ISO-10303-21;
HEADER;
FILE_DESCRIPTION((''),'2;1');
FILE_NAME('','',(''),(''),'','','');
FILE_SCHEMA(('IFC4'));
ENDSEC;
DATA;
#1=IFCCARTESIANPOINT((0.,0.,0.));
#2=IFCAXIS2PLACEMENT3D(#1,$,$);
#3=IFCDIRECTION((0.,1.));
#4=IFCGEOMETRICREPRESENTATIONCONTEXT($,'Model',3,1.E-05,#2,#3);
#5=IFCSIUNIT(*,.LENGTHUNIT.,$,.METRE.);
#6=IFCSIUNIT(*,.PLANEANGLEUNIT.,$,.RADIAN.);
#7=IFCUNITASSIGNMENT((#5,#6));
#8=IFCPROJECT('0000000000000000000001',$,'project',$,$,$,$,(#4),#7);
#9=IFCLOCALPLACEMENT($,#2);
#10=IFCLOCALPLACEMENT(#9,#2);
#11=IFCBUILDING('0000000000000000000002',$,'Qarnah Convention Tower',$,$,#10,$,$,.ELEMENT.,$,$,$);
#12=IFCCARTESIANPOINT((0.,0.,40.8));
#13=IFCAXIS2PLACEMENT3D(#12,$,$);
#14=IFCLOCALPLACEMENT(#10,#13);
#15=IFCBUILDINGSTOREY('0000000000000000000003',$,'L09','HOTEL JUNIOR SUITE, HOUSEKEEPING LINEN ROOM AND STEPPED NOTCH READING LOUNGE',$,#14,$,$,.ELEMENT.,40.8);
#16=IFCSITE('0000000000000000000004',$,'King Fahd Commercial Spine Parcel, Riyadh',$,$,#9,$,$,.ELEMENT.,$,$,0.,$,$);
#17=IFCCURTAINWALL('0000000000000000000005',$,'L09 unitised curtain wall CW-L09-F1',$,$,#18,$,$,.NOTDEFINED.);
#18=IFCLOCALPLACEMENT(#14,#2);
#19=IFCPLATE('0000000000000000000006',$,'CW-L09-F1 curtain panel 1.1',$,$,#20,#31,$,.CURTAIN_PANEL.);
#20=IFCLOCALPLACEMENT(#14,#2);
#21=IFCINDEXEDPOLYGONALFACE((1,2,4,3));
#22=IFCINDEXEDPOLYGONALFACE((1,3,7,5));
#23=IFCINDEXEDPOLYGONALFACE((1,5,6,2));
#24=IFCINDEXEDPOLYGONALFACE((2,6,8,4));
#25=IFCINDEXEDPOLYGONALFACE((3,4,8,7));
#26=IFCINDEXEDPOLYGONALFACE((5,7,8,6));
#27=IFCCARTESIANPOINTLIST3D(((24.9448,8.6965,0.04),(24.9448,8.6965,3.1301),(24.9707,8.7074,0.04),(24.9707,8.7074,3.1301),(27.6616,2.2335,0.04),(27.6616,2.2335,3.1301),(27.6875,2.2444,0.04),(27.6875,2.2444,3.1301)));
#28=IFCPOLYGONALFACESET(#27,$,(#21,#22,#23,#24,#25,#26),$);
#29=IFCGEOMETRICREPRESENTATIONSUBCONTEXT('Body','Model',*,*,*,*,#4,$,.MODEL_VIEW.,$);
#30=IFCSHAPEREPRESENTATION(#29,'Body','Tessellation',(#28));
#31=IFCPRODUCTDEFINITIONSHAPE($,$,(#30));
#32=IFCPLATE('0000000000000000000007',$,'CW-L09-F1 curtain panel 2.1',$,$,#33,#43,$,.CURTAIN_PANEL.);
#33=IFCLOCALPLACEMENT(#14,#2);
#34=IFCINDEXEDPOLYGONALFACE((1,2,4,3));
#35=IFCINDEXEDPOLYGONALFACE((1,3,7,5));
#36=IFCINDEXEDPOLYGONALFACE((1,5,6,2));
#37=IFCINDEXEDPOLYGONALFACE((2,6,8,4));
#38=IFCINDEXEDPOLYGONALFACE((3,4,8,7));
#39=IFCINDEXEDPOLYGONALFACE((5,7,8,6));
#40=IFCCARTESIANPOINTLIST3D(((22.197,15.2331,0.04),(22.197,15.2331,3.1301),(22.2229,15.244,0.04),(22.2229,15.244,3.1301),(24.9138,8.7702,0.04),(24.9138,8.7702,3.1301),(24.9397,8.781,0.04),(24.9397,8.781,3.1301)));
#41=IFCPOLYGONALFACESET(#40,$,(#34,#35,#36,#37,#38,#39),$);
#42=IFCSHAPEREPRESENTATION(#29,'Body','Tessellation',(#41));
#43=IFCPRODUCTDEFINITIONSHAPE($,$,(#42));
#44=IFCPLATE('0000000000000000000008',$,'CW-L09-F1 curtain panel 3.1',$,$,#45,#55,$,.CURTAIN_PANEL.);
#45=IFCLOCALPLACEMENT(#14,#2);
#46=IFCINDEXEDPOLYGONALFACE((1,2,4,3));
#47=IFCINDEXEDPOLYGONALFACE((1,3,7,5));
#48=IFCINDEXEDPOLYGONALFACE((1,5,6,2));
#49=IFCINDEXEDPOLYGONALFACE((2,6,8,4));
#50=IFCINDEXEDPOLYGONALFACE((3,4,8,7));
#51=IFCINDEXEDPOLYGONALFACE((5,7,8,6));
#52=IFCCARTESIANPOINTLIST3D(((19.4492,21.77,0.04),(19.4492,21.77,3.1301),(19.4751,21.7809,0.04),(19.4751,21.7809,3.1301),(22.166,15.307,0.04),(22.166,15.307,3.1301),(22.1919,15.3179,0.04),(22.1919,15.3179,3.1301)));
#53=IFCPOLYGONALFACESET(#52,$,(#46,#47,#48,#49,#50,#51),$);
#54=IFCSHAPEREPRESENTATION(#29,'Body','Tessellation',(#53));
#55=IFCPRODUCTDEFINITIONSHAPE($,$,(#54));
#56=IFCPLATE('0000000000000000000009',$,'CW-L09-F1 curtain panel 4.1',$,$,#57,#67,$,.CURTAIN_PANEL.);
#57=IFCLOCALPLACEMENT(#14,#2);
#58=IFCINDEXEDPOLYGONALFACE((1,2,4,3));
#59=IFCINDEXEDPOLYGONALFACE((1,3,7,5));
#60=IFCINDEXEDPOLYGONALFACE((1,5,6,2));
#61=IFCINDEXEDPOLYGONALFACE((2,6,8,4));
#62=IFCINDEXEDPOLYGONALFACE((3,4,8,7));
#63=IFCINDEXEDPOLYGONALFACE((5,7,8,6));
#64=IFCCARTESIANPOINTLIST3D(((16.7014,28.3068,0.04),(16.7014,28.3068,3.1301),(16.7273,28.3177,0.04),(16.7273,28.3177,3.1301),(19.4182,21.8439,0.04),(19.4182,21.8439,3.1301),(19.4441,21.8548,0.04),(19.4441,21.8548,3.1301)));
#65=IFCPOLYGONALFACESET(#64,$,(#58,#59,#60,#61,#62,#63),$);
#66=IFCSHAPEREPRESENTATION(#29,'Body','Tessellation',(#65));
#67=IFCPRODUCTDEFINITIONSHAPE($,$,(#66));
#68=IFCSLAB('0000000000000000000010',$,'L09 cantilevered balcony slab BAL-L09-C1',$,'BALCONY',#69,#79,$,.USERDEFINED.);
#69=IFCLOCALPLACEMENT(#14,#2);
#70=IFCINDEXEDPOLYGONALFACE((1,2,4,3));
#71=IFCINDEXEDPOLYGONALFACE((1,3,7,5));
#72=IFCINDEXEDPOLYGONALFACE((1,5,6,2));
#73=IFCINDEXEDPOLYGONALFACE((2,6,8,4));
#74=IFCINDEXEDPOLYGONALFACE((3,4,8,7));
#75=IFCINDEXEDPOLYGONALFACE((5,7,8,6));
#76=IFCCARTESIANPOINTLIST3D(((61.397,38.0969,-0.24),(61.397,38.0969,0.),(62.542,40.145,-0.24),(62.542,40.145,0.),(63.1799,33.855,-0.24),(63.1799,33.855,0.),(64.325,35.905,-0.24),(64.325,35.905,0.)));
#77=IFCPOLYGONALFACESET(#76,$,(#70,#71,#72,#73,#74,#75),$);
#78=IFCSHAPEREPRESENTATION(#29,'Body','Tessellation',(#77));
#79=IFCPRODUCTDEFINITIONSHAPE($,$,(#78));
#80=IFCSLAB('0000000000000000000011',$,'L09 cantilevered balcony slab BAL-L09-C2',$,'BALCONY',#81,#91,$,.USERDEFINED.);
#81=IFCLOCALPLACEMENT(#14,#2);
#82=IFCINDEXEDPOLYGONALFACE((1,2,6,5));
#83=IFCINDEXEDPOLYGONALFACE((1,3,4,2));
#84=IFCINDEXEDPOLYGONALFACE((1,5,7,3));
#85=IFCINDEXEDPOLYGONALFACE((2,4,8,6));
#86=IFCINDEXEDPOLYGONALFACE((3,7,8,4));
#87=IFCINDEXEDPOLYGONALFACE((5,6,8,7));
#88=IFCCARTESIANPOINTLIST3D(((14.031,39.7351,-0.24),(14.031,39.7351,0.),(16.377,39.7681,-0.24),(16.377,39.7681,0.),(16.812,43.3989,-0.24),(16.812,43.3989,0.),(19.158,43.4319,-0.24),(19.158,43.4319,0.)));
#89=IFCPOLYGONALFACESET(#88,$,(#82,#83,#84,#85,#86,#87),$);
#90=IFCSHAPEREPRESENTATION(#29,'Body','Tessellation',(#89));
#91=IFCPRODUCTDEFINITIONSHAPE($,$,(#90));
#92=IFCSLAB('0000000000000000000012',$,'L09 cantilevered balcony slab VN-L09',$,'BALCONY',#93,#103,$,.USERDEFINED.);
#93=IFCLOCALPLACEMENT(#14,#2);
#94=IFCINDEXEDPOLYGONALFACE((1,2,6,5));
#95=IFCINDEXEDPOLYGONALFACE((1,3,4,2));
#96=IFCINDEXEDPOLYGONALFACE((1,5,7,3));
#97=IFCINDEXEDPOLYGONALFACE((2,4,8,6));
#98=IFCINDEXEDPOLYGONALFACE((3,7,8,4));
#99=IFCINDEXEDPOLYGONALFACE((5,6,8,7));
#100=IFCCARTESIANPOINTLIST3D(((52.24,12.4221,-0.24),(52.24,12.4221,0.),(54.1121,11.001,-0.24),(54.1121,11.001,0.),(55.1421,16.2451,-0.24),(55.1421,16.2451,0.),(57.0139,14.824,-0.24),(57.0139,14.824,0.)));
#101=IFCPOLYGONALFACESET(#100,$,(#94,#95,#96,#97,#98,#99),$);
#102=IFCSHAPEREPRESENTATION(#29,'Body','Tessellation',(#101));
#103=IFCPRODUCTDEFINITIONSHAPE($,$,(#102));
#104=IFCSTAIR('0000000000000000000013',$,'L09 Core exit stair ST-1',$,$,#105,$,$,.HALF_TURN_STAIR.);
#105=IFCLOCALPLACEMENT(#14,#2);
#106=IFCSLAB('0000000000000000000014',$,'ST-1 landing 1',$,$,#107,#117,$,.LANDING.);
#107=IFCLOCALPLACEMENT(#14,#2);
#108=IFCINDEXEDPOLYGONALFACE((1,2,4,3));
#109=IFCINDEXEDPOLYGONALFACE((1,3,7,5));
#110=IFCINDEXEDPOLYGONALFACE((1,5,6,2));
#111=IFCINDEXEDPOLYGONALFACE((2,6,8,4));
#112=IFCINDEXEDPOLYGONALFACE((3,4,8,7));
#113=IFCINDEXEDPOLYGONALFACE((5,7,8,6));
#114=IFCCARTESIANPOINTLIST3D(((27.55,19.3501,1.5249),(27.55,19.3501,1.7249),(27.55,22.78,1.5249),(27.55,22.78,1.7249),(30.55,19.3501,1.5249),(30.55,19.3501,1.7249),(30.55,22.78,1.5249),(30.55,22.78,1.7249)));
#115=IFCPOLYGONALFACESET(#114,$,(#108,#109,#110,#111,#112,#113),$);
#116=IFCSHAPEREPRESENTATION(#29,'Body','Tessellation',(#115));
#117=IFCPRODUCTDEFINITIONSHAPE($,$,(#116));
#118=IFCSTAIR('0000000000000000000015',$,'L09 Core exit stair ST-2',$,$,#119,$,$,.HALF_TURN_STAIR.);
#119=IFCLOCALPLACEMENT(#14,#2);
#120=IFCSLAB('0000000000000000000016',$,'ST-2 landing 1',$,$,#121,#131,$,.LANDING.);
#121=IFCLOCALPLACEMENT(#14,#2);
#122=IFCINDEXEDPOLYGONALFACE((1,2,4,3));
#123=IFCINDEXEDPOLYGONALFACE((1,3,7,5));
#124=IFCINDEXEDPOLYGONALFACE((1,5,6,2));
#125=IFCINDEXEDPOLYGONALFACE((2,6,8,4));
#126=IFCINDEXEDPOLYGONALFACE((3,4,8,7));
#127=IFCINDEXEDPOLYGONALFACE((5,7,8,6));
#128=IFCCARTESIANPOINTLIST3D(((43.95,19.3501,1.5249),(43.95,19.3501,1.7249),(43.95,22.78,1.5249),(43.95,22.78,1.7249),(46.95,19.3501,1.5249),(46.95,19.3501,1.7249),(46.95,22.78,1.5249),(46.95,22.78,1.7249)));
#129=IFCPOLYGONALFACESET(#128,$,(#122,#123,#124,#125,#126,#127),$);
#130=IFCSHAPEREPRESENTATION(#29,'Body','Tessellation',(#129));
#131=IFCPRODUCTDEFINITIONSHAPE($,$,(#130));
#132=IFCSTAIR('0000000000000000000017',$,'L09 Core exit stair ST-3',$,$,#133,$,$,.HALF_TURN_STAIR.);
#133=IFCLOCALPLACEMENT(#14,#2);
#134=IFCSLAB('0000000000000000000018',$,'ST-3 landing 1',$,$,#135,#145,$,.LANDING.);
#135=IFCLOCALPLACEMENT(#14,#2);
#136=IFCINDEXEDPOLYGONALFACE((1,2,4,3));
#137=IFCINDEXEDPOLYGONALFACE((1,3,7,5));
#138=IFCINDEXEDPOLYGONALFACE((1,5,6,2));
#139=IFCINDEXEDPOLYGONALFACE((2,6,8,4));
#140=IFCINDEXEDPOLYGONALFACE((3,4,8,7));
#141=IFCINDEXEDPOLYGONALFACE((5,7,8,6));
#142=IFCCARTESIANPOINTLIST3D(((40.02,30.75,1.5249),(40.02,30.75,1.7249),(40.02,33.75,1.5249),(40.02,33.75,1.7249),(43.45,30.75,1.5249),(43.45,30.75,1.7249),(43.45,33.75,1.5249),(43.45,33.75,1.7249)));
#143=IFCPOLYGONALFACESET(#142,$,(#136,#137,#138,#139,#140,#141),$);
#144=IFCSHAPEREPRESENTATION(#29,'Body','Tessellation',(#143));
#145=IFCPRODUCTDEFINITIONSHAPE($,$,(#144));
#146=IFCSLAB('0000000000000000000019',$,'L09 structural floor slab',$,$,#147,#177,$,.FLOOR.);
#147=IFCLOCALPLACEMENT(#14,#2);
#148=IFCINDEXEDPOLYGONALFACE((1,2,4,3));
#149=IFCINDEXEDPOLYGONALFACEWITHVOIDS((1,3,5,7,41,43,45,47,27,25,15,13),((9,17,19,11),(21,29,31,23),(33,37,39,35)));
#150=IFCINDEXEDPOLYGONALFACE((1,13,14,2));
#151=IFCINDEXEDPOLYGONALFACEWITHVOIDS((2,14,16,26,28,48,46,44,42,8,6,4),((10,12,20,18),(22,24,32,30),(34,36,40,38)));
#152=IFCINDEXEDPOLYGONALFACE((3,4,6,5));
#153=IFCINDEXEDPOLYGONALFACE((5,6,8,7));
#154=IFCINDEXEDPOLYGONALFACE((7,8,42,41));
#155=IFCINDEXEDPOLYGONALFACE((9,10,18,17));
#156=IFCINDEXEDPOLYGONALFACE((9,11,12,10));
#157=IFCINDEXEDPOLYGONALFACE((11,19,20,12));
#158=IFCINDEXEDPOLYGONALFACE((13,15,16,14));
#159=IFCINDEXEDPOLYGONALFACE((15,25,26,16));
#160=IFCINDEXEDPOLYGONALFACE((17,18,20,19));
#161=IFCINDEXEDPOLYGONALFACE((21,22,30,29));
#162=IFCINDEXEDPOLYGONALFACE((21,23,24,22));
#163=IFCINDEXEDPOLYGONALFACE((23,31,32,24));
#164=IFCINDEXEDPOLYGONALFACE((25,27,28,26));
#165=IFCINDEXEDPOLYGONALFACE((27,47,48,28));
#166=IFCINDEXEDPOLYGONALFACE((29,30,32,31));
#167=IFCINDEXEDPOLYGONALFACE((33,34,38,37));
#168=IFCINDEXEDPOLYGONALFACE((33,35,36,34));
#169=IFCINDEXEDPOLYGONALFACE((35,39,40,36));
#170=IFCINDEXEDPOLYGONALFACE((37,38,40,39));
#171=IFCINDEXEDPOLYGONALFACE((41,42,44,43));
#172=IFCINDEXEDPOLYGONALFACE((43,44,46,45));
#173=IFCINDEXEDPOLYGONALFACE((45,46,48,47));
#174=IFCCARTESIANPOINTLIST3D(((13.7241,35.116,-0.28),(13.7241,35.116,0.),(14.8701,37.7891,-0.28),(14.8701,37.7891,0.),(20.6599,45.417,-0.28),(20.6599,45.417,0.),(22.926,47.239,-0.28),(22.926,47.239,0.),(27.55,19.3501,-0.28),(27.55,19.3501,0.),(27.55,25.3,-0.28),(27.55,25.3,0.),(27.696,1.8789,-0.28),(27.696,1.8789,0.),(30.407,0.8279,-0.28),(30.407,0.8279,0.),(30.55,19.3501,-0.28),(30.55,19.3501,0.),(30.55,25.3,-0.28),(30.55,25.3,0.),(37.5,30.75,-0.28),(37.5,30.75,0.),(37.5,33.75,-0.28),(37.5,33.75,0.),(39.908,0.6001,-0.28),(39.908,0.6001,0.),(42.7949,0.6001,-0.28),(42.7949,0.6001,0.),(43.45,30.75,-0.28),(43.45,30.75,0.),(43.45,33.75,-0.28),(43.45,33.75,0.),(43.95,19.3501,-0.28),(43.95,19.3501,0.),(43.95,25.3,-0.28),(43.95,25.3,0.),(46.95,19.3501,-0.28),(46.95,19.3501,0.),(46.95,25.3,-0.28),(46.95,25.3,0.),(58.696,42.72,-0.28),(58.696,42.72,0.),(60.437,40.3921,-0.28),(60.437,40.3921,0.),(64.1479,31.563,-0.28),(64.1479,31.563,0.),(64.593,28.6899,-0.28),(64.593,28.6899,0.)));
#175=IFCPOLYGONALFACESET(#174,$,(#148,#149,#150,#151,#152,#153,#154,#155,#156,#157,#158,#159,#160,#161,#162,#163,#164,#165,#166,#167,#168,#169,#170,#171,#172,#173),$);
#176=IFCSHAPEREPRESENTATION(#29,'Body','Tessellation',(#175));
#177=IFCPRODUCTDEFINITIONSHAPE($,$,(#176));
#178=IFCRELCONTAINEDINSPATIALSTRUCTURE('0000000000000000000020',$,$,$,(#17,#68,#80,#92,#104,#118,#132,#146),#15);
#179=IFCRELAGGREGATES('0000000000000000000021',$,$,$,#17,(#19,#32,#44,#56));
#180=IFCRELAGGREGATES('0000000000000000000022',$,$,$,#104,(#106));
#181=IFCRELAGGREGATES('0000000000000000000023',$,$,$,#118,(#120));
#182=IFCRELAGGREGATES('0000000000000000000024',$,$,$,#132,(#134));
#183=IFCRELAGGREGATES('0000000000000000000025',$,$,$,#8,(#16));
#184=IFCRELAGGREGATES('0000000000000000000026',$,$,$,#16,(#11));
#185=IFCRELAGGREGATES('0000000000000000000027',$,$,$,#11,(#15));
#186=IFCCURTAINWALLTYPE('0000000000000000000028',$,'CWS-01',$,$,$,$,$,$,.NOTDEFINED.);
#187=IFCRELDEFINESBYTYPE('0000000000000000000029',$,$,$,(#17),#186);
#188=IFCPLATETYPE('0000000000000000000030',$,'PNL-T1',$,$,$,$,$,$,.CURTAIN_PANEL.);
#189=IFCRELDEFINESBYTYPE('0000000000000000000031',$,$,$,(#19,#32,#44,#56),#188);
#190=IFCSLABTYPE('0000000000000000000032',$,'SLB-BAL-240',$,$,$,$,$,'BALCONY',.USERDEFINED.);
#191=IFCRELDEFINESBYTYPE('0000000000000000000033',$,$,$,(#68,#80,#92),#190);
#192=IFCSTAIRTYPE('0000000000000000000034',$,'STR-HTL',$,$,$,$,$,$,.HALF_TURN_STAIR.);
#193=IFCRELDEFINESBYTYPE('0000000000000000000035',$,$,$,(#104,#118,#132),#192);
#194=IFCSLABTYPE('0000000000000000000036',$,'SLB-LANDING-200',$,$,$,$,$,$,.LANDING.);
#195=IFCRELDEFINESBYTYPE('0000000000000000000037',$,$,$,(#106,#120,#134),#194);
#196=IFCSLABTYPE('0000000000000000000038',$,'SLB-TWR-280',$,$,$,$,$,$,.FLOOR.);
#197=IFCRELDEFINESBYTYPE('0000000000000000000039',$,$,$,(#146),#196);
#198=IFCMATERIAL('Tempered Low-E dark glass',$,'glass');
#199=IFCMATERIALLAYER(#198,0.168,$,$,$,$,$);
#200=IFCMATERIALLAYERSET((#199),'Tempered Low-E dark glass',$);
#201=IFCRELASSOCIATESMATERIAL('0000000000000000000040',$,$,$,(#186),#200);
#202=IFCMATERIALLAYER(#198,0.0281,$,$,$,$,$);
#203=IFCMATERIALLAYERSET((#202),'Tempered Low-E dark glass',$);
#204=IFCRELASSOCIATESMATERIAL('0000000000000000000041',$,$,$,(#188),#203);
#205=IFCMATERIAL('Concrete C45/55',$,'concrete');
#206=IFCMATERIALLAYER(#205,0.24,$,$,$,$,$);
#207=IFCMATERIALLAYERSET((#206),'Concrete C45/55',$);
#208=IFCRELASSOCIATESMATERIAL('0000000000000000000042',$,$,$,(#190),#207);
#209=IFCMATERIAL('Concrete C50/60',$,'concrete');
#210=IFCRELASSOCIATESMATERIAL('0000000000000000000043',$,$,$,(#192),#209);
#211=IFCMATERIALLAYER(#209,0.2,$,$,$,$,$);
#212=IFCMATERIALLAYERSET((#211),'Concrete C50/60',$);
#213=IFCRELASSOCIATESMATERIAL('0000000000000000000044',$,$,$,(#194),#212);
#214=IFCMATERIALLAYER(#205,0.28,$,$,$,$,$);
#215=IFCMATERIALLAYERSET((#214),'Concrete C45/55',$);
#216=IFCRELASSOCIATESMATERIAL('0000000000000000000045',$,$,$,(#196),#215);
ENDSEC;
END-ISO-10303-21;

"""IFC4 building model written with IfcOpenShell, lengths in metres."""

from ifc_helpers import new_model, si_unit, direction, frame, origin, origin_2d, place, context, subcontext, project, spatial, polyline, rectangle, outline, extrude, material, layer, layer_set, type_object, element, aggregate, save


model = new_model("IFC4")

# Units and contexts
model_context = context("Model", 3, precision=1e-05, world=origin(), true_north=direction((0.0, 1.0)))
body_context = subcontext(model_context, "Body", "Model", "MODEL_VIEW")
ifc_project = project(units=[si_unit("LENGTHUNIT", "METRE"), si_unit("PLANEANGLEUNIT", "RADIAN")], contexts=[model_context])

# Site, building, storey
site_placement = place(None, origin())
site = spatial("IfcSite", under=ifc_project, at=site_placement, Name="King Fahd Commercial Spine Parcel, Riyadh", CompositionType="ELEMENT", RefElevation=0.0)
building_placement = place(site_placement, origin())
building = spatial("IfcBuilding", under=site, at=building_placement, Name="Qarnah Convention Tower", CompositionType="ELEMENT")
storey_placement = place(building_placement, frame((0.0, 0.0, 40.8)))
storey = spatial("IfcBuildingStorey", under=building, at=storey_placement, Name="L09", Description="HOTEL JUNIOR SUITE, HOUSEKEEPING LINEN ROOM AND STEPPED NOTCH READING LOUNGE", CompositionType="ELEMENT", Elevation=40.8)

# Curtain wall, plates
ifc_material_1 = material(Name="Tempered Low-E dark glass", Category="glass")
ifc_layer_1 = layer(ifc_material_1, 0.168)
ifc_layer_set_1 = layer_set([ifc_layer_1], Name="Tempered Low-E dark glass")
curtain_wall_type = type_object("IfcCurtainWallType", Name="CWS-01", PredefinedType="NOTDEFINED", material=ifc_layer_set_1)
curtain_wall_placement = place(storey_placement, origin())
curtain_wall = element("IfcCurtainWall", 1, at=curtain_wall_placement, inside=storey, type_object=curtain_wall_type, Name="L09 unitised curtain wall CW-L09-F1", PredefinedType="NOTDEFINED")
ifc_layer_2 = layer(ifc_material_1, 0.0281)
ifc_layer_set_2 = layer_set([ifc_layer_2], Name="Tempered Low-E dark glass")
plate_type = type_object("IfcPlateType", Name="PNL-T1", PredefinedType="CURTAIN_PANEL", material=ifc_layer_set_2)
plate_1_placement = place(storey_placement, frame((26.3162, 5.4705, 0.04), z_axis=(0.0, 0.0, 1.0), x_axis=(-0.387513, 0.921864, 0.0)))
plate_1 = element("IfcPlate", 2, at=plate_1_placement, type_object=plate_type, Name="CW-L09-F1 curtain panel 1.1", PredefinedType="CURTAIN_PANEL", context=body_context, shape_type="SweptSolid", body=[
    extrude(rectangle(XDim=7.0107, YDim=0.0281, at=origin_2d()), origin(), (0.0, 0.0, 1.0), 3.0901),
])
plate_2_placement = place(storey_placement, frame((23.5684, 12.0071, 0.04), z_axis=(0.0, 0.0, 1.0), x_axis=(-0.387513, 0.921864, 0.0)))
plate_2 = element("IfcPlate", 3, at=plate_2_placement, type_object=plate_type, Name="CW-L09-F1 curtain panel 2.1", PredefinedType="CURTAIN_PANEL", context=body_context, shape_type="SweptSolid", body=[
    extrude(rectangle(XDim=7.0107, YDim=0.0281, at=origin_2d()), origin(), (0.0, 0.0, 1.0), 3.0901),
])
plate_3_placement = place(storey_placement, frame((20.8206, 18.5439, 0.04), z_axis=(0.0, 0.0, 1.0), x_axis=(-0.387513, 0.921864, 0.0)))
plate_3 = element("IfcPlate", 4, at=plate_3_placement, type_object=plate_type, Name="CW-L09-F1 curtain panel 3.1", PredefinedType="CURTAIN_PANEL", context=body_context, shape_type="SweptSolid", body=[
    extrude(rectangle(XDim=7.0107, YDim=0.0281, at=origin_2d()), origin(), (0.0, 0.0, 1.0), 3.0901),
])
plate_4_placement = place(storey_placement, frame((18.0728, 25.0808, 0.04), z_axis=(0.0, 0.0, 1.0), x_axis=(-0.387513, 0.921864, 0.0)))
plate_4 = element("IfcPlate", 5, at=plate_4_placement, type_object=plate_type, Name="CW-L09-F1 curtain panel 4.1", PredefinedType="CURTAIN_PANEL", context=body_context, shape_type="SweptSolid", body=[
    extrude(rectangle(XDim=7.0107, YDim=0.0281, at=origin_2d()), origin(), (0.0, 0.0, 1.0), 3.0901),
])
aggregate(curtain_wall, [plate_1, plate_2, plate_3, plate_4])

# Slabs
ifc_material_2 = material(Name="Concrete C45/55", Category="concrete")
ifc_layer_3 = layer(ifc_material_2, 0.24)
ifc_layer_set_3 = layer_set([ifc_layer_3], Name="Concrete C45/55")
slab_type_1 = type_object("IfcSlabType", Name="SLB-BAL-240", ElementType="BALCONY", PredefinedType="USERDEFINED", material=ifc_layer_set_3)
slab_1_placement = place(storey_placement, frame((0.0, 0.0, -0.24)))
element("IfcSlab", 6, at=slab_1_placement, inside=storey, type_object=slab_type_1, Name="L09 cantilevered balcony slab BAL-L09-C1", ObjectType="BALCONY", PredefinedType="USERDEFINED", context=body_context, shape_type="SweptSolid", body=[
    extrude(outline(polyline([(62.542, 40.145), (64.325, 35.905), (63.1799, 33.855), (61.397, 38.0969), (62.542, 40.145)])), origin(), (0.0, 0.0, 1.0), 0.24),
])
slab_2_placement = place(storey_placement, frame((0.0, 0.0, -0.24)))
element("IfcSlab", 7, at=slab_2_placement, inside=storey, type_object=slab_type_1, Name="L09 cantilevered balcony slab BAL-L09-C2", ObjectType="BALCONY", PredefinedType="USERDEFINED", context=body_context, shape_type="SweptSolid", body=[
    extrude(outline(polyline([(14.031, 39.7351), (16.812, 43.3989), (19.158, 43.4319), (16.377, 39.7681), (14.031, 39.7351)])), origin(), (0.0, 0.0, 1.0), 0.24),
])
slab_3_placement = place(storey_placement, frame((0.0, 0.0, -0.24)))
element("IfcSlab", 8, at=slab_3_placement, inside=storey, type_object=slab_type_1, Name="L09 cantilevered balcony slab VN-L09", ObjectType="BALCONY", PredefinedType="USERDEFINED", context=body_context, shape_type="SweptSolid", body=[
    extrude(outline(polyline([(55.1421, 16.2451), (57.0139, 14.824), (54.1121, 11.001), (52.24, 12.4221), (55.1421, 16.2451)])), origin(), (0.0, 0.0, 1.0), 0.24),
])

# Stairs, slabs
ifc_material_3 = material(Name="Concrete C50/60", Category="concrete")
stair_type = type_object("IfcStairType", Name="STR-HTL", PredefinedType="HALF_TURN_STAIR", material=ifc_material_3)
stair_1_placement = place(storey_placement, origin())
stair_1 = element("IfcStair", 9, at=stair_1_placement, inside=storey, type_object=stair_type, Name="L09 Core exit stair ST-1", PredefinedType="HALF_TURN_STAIR")
ifc_layer_4 = layer(ifc_material_3, 0.2)
ifc_layer_set_4 = layer_set([ifc_layer_4], Name="Concrete C50/60")
slab_type_2 = type_object("IfcSlabType", Name="SLB-LANDING-200", PredefinedType="LANDING", material=ifc_layer_set_4)
slab_4_placement = place(storey_placement, frame((0.0, 0.0, 1.5249)))
slab_4 = element("IfcSlab", 10, at=slab_4_placement, type_object=slab_type_2, Name="ST-1 landing 1", PredefinedType="LANDING", context=body_context, shape_type="SweptSolid", body=[
    extrude(outline(polyline([(27.55, 22.78), (27.55, 19.3501), (30.55, 19.3501), (30.55, 22.78), (27.55, 22.78)])), origin(), (0.0, 0.0, 1.0), 0.2),
])
aggregate(stair_1, [slab_4])
stair_2_placement = place(storey_placement, origin())
stair_2 = element("IfcStair", 11, at=stair_2_placement, inside=storey, type_object=stair_type, Name="L09 Core exit stair ST-2", PredefinedType="HALF_TURN_STAIR")
slab_5_placement = place(storey_placement, frame((0.0, 0.0, 1.5249)))
slab_5 = element("IfcSlab", 12, at=slab_5_placement, type_object=slab_type_2, Name="ST-2 landing 1", PredefinedType="LANDING", context=body_context, shape_type="SweptSolid", body=[
    extrude(outline(polyline([(43.95, 22.78), (43.95, 19.3501), (46.95, 19.3501), (46.95, 22.78), (43.95, 22.78)])), origin(), (0.0, 0.0, 1.0), 0.2),
])
aggregate(stair_2, [slab_5])
stair_3_placement = place(storey_placement, origin())
stair_3 = element("IfcStair", 13, at=stair_3_placement, inside=storey, type_object=stair_type, Name="L09 Core exit stair ST-3", PredefinedType="HALF_TURN_STAIR")
slab_6_placement = place(storey_placement, frame((0.0, 0.0, 1.5249)))
slab_6 = element("IfcSlab", 14, at=slab_6_placement, type_object=slab_type_2, Name="ST-3 landing 1", PredefinedType="LANDING", context=body_context, shape_type="SweptSolid", body=[
    extrude(outline(polyline([(40.02, 30.75), (43.45, 30.75), (43.45, 33.75), (40.02, 33.75), (40.02, 30.75)])), origin(), (0.0, 0.0, 1.0), 0.2),
])
aggregate(stair_3, [slab_6])

# Slab
ifc_layer_5 = layer(ifc_material_2, 0.28)
ifc_layer_set_5 = layer_set([ifc_layer_5], Name="Concrete C45/55")
slab_type_3 = type_object("IfcSlabType", Name="SLB-TWR-280", PredefinedType="FLOOR", material=ifc_layer_set_5)
slab_7_placement = place(storey_placement, frame((0.0, 0.0, -0.28)))
element("IfcSlab", 15, at=slab_7_placement, inside=storey, type_object=slab_type_3, Name="L09 structural floor slab", PredefinedType="FLOOR", context=body_context, shape_type="SweptSolid", body=[
    extrude(outline(polyline([(58.696, 42.72), (22.926, 47.239), (20.6599, 45.417), (14.8701, 37.7891), (13.7241, 35.116), (27.696, 1.8789), (30.407, 0.8279), (39.908, 0.6001), (42.7949, 0.6001), (64.593, 28.6899), (64.1479, 31.563), (60.437, 40.3921), (58.696, 42.72)]), holes=[polyline([(27.55, 25.3), (27.55, 19.3501), (30.55, 19.3501), (30.55, 25.3), (27.55, 25.3)]), polyline([(43.95, 25.3), (43.95, 19.3501), (46.95, 19.3501), (46.95, 25.3), (43.95, 25.3)]), polyline([(37.5, 30.75), (43.45, 30.75), (43.45, 33.75), (37.5, 33.75), (37.5, 30.75)])]), origin(), (0.0, 0.0, 1.0), 0.28),
])

save(model, "model.ifc")
